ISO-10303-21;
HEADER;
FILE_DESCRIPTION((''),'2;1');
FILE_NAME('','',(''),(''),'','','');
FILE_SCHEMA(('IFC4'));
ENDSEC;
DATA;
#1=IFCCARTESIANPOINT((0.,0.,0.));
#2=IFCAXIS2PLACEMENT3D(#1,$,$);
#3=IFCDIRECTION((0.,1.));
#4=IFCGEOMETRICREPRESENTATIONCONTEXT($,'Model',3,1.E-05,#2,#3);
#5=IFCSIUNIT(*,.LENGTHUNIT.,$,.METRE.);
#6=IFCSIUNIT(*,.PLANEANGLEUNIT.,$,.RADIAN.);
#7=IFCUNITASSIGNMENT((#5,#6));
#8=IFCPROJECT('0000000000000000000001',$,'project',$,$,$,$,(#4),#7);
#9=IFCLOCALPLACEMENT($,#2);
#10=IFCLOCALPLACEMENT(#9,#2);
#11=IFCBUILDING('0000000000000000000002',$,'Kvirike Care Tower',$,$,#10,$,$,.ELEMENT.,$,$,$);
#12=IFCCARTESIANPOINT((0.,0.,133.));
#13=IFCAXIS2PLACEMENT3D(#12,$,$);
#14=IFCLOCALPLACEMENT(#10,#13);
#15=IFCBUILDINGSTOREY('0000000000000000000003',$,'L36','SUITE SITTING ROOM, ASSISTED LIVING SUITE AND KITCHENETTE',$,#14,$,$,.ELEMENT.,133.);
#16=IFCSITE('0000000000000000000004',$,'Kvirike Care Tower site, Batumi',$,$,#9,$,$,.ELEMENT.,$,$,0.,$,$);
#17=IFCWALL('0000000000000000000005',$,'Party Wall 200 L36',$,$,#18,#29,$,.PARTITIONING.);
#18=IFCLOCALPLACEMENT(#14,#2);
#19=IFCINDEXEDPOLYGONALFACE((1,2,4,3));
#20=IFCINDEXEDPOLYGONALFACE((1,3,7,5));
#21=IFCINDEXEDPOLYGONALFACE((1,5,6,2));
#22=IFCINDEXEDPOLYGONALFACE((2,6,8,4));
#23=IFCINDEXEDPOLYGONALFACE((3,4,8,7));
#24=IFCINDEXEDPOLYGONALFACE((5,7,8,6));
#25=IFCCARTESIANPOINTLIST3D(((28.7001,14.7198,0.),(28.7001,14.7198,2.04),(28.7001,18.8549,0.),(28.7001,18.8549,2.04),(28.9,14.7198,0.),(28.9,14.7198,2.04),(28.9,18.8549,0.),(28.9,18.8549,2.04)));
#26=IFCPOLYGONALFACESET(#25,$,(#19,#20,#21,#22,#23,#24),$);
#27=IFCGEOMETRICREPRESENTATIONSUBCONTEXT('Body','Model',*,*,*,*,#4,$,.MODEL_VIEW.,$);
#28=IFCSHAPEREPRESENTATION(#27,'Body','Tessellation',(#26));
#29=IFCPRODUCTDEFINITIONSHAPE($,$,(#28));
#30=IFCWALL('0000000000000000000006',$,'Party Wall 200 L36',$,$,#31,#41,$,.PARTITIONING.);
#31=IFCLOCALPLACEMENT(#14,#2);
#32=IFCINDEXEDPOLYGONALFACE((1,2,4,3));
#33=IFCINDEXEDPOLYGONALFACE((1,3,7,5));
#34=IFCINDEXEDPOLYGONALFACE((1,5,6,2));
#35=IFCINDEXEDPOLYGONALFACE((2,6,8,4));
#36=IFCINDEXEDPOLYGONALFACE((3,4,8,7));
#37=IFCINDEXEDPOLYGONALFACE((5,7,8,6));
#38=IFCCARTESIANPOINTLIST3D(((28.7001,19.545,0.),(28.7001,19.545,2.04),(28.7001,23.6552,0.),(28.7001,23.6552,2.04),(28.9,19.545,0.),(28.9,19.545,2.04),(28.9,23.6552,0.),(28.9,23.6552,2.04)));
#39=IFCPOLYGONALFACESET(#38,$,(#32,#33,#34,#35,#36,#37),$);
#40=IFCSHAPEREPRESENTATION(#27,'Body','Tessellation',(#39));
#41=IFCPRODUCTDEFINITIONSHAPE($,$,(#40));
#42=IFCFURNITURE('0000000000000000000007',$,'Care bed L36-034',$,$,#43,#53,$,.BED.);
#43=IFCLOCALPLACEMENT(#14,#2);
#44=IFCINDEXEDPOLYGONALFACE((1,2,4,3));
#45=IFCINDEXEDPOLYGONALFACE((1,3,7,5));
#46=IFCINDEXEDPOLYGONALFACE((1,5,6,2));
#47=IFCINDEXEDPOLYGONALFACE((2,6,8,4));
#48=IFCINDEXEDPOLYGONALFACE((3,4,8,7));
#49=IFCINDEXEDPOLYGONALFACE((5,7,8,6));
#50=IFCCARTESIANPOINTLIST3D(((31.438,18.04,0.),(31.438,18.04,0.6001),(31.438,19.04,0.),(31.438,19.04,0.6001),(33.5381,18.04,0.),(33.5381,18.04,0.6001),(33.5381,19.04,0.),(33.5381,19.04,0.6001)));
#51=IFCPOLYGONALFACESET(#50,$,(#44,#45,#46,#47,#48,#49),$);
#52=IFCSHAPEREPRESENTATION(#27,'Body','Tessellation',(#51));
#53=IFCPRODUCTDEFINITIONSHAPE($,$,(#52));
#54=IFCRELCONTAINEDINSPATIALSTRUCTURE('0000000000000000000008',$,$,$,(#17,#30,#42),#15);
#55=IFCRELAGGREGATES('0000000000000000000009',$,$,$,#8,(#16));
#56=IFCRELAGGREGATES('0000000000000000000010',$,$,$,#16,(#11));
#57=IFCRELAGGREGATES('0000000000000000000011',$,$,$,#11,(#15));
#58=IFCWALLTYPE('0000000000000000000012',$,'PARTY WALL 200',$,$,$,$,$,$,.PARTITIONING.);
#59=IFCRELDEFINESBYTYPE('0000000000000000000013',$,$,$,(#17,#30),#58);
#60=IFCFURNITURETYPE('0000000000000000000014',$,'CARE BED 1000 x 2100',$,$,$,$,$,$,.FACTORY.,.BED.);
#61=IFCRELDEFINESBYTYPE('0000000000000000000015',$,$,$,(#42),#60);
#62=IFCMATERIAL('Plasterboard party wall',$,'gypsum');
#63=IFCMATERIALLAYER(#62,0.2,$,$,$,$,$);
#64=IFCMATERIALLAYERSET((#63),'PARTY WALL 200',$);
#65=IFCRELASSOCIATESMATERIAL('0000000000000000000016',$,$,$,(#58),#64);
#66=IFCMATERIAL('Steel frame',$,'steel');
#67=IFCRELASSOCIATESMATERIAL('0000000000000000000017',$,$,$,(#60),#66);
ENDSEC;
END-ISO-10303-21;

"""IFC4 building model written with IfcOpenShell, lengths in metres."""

from ifc_helpers import new_model, si_unit, direction, frame, frame_2d, origin, origin_2d, place, context, subcontext, project, spatial, rectangle, extrude, material, layer, layer_set, type_object, element, save


model = new_model("IFC4")

# Units and contexts
model_context = context("Model", 3, precision=1e-05, world=origin(), true_north=direction((0.0, 1.0)))
body_context = subcontext(model_context, "Body", "Model", "MODEL_VIEW")
ifc_project = project(units=[si_unit("LENGTHUNIT", "METRE"), si_unit("PLANEANGLEUNIT", "RADIAN")], contexts=[model_context])

# Site, building, storey
site_placement = place(None, origin())
site = spatial("IfcSite", under=ifc_project, at=site_placement, Name="Kvirike Care Tower site, Batumi", CompositionType="ELEMENT", RefElevation=0.0)
building_placement = place(site_placement, origin())
building = spatial("IfcBuilding", under=site, at=building_placement, Name="Kvirike Care Tower", CompositionType="ELEMENT")
storey_placement = place(building_placement, frame((0.0, 0.0, 133.0)))
storey = spatial("IfcBuildingStorey", under=building, at=storey_placement, Name="L36", Description="SUITE SITTING ROOM, ASSISTED LIVING SUITE AND KITCHENETTE", CompositionType="ELEMENT", Elevation=133.0)

# Walls
ifc_material_1 = material(Name="Plasterboard party wall", Category="gypsum")
ifc_layer_1 = layer(ifc_material_1, 0.2)
ifc_layer_set_1 = layer_set([ifc_layer_1], Name="PARTY WALL 200")
wall_type_1 = type_object("IfcWallType", Name="PARTY WALL 200", PredefinedType="PARTITIONING", material=ifc_layer_set_1)
wall_1_placement = place(storey_placement, frame((28.8, 14.72, 0.0), z_axis=(0.0, 0.0, 1.0), x_axis=(0.0, 1.0, 0.0)))
element("IfcWall", 1, at=wall_1_placement, inside=storey, type_object=wall_type_1, Name="Party Wall 200 L36", PredefinedType="PARTITIONING", context=body_context, shape_type="SweptSolid", body=[
    extrude(rectangle(XDim=4.135, YDim=0.2, at=frame_2d((2.0674, 0.0))), origin(), (0.0, 0.0, 1.0), 2.04),
])
wall_2_placement = place(storey_placement, frame((28.8, 19.5449, 0.0), z_axis=(0.0, 0.0, 1.0), x_axis=(0.0, 1.0, 0.0)))
element("IfcWall", 2, at=wall_2_placement, inside=storey, type_object=wall_type_1, Name="Party Wall 200 L36", PredefinedType="PARTITIONING", context=body_context, shape_type="SweptSolid", body=[
    extrude(rectangle(XDim=4.1101, YDim=0.2, at=frame_2d((2.0552, 0.0))), origin(), (0.0, 0.0, 1.0), 2.04),
])

# Furniture
ifc_material_2 = material(Name="Steel frame", Category="steel")
furniture_type = type_object("IfcFurnitureType", Name="CARE BED 1000 x 2100", AssemblyPlace="FACTORY", PredefinedType="BED", material=ifc_material_2)
furniture_placement = place(storey_placement, frame((32.488, 18.54, 0.0), z_axis=(0.0, 0.0, 1.0), x_axis=(0.0, -1.0, 0.0)))
element("IfcFurniture", 3, at=furniture_placement, inside=storey, type_object=furniture_type, Name="Care bed L36-034", PredefinedType="BED", context=body_context, shape_type="SweptSolid", body=[
    extrude(rectangle(XDim=1.0, YDim=2.1001, at=origin_2d()), origin(), (0.0, 0.0, 1.0), 0.6001),
])

save(model, "model.ifc")
